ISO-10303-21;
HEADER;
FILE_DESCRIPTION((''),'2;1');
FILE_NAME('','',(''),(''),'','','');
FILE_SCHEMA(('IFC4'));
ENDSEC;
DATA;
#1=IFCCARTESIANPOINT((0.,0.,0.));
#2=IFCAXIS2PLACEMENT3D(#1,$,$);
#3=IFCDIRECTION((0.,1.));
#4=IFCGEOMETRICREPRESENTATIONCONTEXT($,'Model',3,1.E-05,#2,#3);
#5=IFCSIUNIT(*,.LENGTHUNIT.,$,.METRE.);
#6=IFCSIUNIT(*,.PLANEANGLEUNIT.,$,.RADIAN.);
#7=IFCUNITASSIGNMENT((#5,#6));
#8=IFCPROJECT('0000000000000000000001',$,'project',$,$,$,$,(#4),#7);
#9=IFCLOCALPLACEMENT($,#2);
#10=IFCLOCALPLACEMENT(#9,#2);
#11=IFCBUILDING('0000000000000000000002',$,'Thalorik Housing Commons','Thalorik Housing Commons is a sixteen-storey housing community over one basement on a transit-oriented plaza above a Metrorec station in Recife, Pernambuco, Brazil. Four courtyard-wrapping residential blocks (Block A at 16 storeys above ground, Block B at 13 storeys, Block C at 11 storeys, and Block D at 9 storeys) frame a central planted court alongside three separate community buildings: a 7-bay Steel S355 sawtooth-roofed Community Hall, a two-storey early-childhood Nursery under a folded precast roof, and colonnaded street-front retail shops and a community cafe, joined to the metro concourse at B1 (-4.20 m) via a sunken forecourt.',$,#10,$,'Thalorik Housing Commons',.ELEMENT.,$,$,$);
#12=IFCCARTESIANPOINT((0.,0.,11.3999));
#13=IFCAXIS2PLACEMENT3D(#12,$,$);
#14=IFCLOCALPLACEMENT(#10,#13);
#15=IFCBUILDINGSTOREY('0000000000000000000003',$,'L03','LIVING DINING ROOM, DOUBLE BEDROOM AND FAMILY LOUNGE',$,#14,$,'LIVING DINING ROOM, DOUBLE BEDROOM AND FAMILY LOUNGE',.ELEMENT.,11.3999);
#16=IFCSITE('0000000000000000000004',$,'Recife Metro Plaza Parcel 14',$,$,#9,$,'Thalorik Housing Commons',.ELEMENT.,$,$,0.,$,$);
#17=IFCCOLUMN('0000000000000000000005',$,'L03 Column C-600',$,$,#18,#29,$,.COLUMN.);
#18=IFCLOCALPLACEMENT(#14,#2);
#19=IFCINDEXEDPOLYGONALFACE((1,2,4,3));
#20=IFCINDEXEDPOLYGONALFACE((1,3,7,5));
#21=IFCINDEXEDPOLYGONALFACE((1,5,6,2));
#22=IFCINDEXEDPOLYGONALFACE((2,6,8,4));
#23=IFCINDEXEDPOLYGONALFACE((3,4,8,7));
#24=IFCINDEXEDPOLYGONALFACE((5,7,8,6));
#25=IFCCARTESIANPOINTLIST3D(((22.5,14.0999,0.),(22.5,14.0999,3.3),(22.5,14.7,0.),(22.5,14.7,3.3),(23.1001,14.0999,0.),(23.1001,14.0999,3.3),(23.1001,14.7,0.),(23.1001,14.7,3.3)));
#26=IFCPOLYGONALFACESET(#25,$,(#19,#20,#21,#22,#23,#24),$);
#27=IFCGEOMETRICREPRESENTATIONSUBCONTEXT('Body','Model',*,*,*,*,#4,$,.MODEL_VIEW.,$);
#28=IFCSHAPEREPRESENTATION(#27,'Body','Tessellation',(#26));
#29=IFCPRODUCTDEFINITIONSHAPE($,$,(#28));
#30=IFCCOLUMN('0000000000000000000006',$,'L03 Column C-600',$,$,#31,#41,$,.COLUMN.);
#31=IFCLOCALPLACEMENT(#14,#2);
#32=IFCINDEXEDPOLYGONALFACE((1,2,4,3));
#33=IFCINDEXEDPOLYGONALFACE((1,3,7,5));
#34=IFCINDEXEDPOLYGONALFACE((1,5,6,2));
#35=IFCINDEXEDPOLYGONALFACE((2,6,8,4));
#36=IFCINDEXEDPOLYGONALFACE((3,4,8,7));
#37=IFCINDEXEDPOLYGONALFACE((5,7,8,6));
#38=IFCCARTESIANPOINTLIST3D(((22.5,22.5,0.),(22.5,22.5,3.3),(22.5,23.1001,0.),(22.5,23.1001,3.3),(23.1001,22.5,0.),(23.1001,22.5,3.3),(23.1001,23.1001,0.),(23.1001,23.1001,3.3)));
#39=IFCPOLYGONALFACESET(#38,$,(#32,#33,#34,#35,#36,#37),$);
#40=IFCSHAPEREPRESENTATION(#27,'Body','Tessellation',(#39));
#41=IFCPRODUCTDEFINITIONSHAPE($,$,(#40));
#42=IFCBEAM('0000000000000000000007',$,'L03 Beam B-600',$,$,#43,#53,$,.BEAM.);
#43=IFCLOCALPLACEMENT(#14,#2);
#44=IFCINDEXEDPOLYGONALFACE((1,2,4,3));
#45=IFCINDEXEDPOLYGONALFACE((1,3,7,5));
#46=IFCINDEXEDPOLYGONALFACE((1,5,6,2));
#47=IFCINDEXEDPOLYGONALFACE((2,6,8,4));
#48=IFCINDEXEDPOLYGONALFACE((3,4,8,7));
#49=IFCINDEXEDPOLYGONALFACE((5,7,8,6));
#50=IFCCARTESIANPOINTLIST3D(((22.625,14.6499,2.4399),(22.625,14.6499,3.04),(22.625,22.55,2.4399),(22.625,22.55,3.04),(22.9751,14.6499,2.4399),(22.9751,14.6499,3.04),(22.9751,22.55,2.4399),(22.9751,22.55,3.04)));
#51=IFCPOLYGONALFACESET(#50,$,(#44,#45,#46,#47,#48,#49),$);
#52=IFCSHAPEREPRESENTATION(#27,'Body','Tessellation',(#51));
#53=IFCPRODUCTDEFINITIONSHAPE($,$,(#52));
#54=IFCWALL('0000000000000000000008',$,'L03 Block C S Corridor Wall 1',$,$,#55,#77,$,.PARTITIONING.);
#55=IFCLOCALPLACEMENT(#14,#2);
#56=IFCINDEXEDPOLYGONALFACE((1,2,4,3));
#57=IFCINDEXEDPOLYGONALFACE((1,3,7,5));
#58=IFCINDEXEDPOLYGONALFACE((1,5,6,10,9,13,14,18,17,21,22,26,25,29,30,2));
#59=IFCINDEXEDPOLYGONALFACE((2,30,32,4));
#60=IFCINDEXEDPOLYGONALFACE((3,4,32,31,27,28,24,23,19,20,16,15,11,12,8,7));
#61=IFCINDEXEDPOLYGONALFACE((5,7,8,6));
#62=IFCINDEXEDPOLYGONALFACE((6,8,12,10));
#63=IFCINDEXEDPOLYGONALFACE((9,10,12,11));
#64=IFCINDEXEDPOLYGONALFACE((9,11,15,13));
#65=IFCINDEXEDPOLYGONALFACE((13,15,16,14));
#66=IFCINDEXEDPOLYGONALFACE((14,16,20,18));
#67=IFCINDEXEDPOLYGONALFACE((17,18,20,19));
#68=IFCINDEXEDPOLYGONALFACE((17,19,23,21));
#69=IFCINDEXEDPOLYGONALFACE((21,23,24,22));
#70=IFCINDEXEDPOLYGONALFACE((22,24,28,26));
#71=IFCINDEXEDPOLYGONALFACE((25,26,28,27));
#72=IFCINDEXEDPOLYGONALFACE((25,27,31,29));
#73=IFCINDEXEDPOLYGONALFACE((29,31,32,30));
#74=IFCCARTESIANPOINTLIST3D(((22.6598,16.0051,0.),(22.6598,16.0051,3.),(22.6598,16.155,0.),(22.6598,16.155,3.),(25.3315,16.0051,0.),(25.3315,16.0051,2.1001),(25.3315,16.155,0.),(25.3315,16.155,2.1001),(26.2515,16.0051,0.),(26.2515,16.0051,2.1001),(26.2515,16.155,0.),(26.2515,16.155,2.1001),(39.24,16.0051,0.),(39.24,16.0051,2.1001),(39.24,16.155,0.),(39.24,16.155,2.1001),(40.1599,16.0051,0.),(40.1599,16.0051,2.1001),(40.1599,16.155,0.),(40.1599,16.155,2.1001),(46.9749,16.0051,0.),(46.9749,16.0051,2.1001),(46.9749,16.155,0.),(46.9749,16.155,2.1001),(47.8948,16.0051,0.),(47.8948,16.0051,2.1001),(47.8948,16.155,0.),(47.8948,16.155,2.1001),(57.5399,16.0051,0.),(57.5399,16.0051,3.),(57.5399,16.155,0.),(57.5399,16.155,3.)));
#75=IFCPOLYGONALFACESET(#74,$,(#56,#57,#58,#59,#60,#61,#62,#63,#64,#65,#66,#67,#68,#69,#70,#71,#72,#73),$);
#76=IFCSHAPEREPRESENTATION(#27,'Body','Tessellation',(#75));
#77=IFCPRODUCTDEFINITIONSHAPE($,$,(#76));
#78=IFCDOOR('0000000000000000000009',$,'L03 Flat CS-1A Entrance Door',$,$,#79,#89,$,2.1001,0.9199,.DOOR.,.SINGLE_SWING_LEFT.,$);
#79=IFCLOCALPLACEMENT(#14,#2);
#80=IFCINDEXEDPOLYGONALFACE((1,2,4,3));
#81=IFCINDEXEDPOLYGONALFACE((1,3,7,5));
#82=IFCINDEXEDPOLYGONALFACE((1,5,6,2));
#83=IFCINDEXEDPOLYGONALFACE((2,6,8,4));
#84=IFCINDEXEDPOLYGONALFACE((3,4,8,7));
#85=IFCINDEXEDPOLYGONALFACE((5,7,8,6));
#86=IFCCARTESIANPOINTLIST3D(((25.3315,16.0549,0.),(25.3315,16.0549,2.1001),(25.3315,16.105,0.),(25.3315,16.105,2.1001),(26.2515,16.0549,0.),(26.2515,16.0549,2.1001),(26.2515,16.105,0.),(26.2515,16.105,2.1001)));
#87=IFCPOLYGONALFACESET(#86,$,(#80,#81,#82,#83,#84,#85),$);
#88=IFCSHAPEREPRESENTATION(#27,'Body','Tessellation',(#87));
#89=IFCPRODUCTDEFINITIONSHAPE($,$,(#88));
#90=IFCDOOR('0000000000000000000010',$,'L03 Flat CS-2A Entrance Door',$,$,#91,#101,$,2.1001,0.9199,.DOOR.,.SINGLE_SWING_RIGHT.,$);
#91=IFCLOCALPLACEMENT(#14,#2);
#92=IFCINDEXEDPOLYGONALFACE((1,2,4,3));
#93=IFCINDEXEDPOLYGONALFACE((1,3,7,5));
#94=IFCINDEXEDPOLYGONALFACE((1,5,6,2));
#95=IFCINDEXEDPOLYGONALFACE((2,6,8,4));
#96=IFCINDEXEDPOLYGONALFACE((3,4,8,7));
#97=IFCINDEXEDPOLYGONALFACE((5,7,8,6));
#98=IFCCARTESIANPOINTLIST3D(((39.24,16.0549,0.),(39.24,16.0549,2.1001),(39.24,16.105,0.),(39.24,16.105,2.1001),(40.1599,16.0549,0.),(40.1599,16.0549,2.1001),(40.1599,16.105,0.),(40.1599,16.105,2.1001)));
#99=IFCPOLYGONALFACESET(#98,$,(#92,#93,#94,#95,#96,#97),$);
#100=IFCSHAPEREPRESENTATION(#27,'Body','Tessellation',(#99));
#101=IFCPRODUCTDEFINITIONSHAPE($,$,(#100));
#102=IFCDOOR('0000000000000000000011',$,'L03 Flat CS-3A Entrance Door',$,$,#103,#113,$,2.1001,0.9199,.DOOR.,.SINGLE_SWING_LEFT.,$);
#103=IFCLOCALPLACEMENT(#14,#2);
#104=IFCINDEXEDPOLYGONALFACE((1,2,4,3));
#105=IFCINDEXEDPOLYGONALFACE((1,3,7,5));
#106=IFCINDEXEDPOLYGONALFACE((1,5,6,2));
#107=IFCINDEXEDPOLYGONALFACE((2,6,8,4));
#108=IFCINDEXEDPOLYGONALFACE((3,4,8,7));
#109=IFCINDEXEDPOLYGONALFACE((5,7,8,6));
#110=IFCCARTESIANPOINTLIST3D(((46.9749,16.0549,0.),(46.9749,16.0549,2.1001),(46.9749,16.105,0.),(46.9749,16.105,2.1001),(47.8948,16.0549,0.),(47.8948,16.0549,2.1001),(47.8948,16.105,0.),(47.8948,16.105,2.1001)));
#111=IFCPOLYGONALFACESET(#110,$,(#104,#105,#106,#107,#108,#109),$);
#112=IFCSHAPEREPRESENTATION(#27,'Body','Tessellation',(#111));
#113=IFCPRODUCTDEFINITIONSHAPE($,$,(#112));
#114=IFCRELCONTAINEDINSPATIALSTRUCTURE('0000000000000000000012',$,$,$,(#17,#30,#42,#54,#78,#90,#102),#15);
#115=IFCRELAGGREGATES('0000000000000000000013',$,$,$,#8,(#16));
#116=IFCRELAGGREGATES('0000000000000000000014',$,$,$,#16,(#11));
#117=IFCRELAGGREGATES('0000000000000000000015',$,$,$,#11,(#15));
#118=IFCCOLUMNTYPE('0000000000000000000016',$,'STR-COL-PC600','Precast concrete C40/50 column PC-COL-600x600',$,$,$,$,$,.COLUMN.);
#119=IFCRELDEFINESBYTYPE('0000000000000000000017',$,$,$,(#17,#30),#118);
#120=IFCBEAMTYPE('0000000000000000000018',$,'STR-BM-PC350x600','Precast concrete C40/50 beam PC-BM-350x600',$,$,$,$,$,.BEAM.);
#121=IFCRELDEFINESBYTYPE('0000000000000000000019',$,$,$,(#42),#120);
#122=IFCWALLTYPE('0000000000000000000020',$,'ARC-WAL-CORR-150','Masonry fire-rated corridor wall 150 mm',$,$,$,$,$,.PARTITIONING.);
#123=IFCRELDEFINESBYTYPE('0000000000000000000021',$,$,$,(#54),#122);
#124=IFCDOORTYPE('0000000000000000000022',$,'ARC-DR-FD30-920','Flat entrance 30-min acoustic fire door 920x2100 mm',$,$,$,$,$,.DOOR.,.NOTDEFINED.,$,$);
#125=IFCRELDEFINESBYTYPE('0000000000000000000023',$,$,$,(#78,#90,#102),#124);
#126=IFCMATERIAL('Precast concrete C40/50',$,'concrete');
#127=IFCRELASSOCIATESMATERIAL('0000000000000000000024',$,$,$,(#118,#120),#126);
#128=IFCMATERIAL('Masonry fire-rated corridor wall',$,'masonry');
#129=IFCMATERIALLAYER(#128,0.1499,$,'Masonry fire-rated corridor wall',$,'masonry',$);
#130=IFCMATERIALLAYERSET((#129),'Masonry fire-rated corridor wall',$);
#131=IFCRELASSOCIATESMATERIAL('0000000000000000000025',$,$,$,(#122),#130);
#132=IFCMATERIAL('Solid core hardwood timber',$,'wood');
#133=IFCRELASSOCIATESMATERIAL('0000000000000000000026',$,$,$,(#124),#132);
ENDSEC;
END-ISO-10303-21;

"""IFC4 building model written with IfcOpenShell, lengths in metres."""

from ifc_helpers import new_model, si_unit, direction, frame, frame_2d, origin, origin_2d, place, context, subcontext, project, spatial, rectangle, extrude, material, layer, layer_set, material_profile, profile_set, type_object, element, fill, save


model = new_model("IFC4")

# Units and contexts
model_context = context("Model", 3, precision=1e-05, world=origin(), true_north=direction((0.0, 1.0)))
body_context = subcontext(model_context, "Body", "Model", "MODEL_VIEW")
ifc_project = project(units=[si_unit("LENGTHUNIT", "METRE"), si_unit("PLANEANGLEUNIT", "RADIAN")], contexts=[model_context])

# Site, building, storey
site_placement = place(None, origin())
site = spatial("IfcSite", under=ifc_project, at=site_placement, Name="Recife Metro Plaza Parcel 14", LongName="Thalorik Housing Commons", CompositionType="ELEMENT", RefElevation=0.0)
building_placement = place(site_placement, origin())
building = spatial("IfcBuilding", under=site, at=building_placement, Name="Thalorik Housing Commons", Description="Thalorik Housing Commons is a sixteen-storey housing community over one basement on a transit-oriented plaza above a Metrorec station in Recife, Pernambuco, Brazil. Four courtyard-wrapping residential blocks (Block A at 16 storeys above ground, Block B at 13 storeys, Block C at 11 storeys, and Block D at 9 storeys) frame a central planted court alongside three separate community buildings: a 7-bay Steel S355 sawtooth-roofed Community Hall, a two-storey early-childhood Nursery under a folded precast roof, and colonnaded street-front retail shops and a community cafe, joined to the metro concourse at B1 (-4.20 m) via a sunken forecourt.", LongName="Thalorik Housing Commons", CompositionType="ELEMENT")
storey_placement = place(building_placement, frame((0.0, 0.0, 11.3999)))
storey = spatial("IfcBuildingStorey", under=building, at=storey_placement, Name="L03", Description="LIVING DINING ROOM, DOUBLE BEDROOM AND FAMILY LOUNGE", LongName="LIVING DINING ROOM, DOUBLE BEDROOM AND FAMILY LOUNGE", CompositionType="ELEMENT", Elevation=11.3999)

# Columns
ifc_material_1 = material(Name="Precast concrete C40/50", Category="concrete")
ifc_material_profile_1 = material_profile(ifc_material_1, rectangle(XDim=0.6001, YDim=0.6001, at=origin_2d()), Name="PC 600x600", Category="concrete")
ifc_profile_set_1 = profile_set([ifc_material_profile_1], Name="Precast concrete C40/50")
column_type = type_object("IfcColumnType", Name="STR-COL-PC600", Description="Precast concrete C40/50 column PC-COL-600x600", PredefinedType="COLUMN", material=ifc_profile_set_1)
for number, where, z_axis, x_axis, name in (
    (1, (22.8, 14.3999, 0.0), (0.0, 0.0, 1.0), (1.0, 0.0, 0.0), "L03 Column C-600"),
    (2, (22.8, 22.8, 0.0), (0.0, 0.0, 1.0), (1.0, 0.0, 0.0), "L03 Column C-600"),
):
    element("IfcColumn", number, at=place(storey_placement, frame(where, z_axis=z_axis, x_axis=x_axis)), inside=storey, type_object=column_type, Name=name, PredefinedType="COLUMN", context=body_context, shape_type="SweptSolid", body=[
        extrude(rectangle(XDim=0.6001, YDim=0.6001, at=origin_2d()), origin(), (0.0, 0.0, 1.0), 3.3),
    ])

# Beam
ifc_material_profile_2 = material_profile(ifc_material_1, rectangle(XDim=0.3501, YDim=0.6001, at=origin_2d()), Name="PC 350x600", Category="concrete")
ifc_profile_set_2 = profile_set([ifc_material_profile_2], Name="Precast concrete C40/50")
beam_type = type_object("IfcBeamType", Name="STR-BM-PC350x600", Description="Precast concrete C40/50 beam PC-BM-350x600", PredefinedType="BEAM", material=ifc_profile_set_2)
beam_placement = place(storey_placement, frame((22.8, 14.6499, 2.74), z_axis=(0.0, 1.0, 0.0), x_axis=(-1.0, 0.0, 0.0)))
element("IfcBeam", 3, at=beam_placement, inside=storey, type_object=beam_type, Name="L03 Beam B-600", PredefinedType="BEAM", context=body_context, shape_type="SweptSolid", body=[
    extrude(rectangle(XDim=0.3501, YDim=0.6001, at=origin_2d()), origin(), (0.0, 0.0, 1.0), 7.9001),
])

# Wall, openings, doors
ifc_material_2 = material(Name="Masonry fire-rated corridor wall", Category="masonry")
ifc_layer_1 = layer(ifc_material_2, 0.1499, Name="Masonry fire-rated corridor wall", Category="masonry")
ifc_layer_set_1 = layer_set([ifc_layer_1], Name="Masonry fire-rated corridor wall")
wall_type_1 = type_object("IfcWallType", Name="ARC-WAL-CORR-150", Description="Masonry fire-rated corridor wall 150 mm", PredefinedType="PARTITIONING", material=ifc_layer_set_1)
wall_1_placement = place(storey_placement, frame((22.6599, 16.0801, 0.0), z_axis=(0.0, 0.0, 1.0), x_axis=(1.0, 0.0, 0.0)))
wall_1 = element("IfcWall", 4, at=wall_1_placement, inside=storey, type_object=wall_type_1, Name="L03 Block C S Corridor Wall 1", PredefinedType="PARTITIONING", context=body_context, shape_type="SweptSolid", body=[
    extrude(rectangle(XDim=34.8801, YDim=0.1499, at=frame_2d((17.4399, 0.0))), origin(), (0.0, 0.0, 1.0), 3.0),
])
opening_1_placement = place(wall_1_placement, frame((2.6716, 0.0, 0.0)))
opening_1 = element("IfcOpeningElement", 5, at=opening_1_placement, cuts=wall_1, PredefinedType="OPENING", context=body_context, shape_type="SweptSolid", body=[
    extrude(rectangle(XDim=0.9199, YDim=2.1001, at=frame_2d((0.46, 1.05))), frame((0.0, 0.085, 0.0), z_axis=(0.0, -1.0, 0.0), x_axis=(1.0, 0.0, 0.0)), (0.0, 0.0, 1.0), 0.1699),
])
opening_2_placement = place(wall_1_placement, frame((16.5801, 0.0, 0.0)))
opening_2 = element("IfcOpeningElement", 6, at=opening_2_placement, cuts=wall_1, PredefinedType="OPENING", context=body_context, shape_type="SweptSolid", body=[
    extrude(rectangle(XDim=0.9199, YDim=2.1001, at=frame_2d((0.46, 1.05))), frame((0.0, 0.085, 0.0), z_axis=(0.0, -1.0, 0.0), x_axis=(1.0, 0.0, 0.0)), (0.0, 0.0, 1.0), 0.1699),
])
opening_3_placement = place(wall_1_placement, frame((24.3149, 0.0, 0.0)))
opening_3 = element("IfcOpeningElement", 7, at=opening_3_placement, cuts=wall_1, PredefinedType="OPENING", context=body_context, shape_type="SweptSolid", body=[
    extrude(rectangle(XDim=0.9199, YDim=2.1001, at=frame_2d((0.46, 1.05))), frame((0.0, 0.085, 0.0), z_axis=(0.0, -1.0, 0.0), x_axis=(1.0, 0.0, 0.0)), (0.0, 0.0, 1.0), 0.1699),
])
ifc_material_3 = material(Name="Solid core hardwood timber", Category="wood")
door_type_1 = type_object("IfcDoorType", Name="ARC-DR-FD30-920", Description="Flat entrance 30-min acoustic fire door 920x2100 mm", OperationType="NOTDEFINED", PredefinedType="DOOR", material=ifc_material_3)
door_1_placement = place(opening_1_placement, origin())
door_1 = element("IfcDoor", 8, at=door_1_placement, inside=storey, type_object=door_type_1, Name="L03 Flat CS-1A Entrance Door", OperationType="SINGLE_SWING_LEFT", OverallHeight=2.1001, OverallWidth=0.9199, PredefinedType="DOOR", context=body_context, shape_type="SweptSolid", body=[
    extrude(rectangle(XDim=0.9199, YDim=2.1001, at=frame_2d((0.46, 1.05))), frame((0.0, 0.0249, 0.0), z_axis=(0.0, -1.0, 0.0), x_axis=(1.0, 0.0, 0.0)), (0.0, 0.0, 1.0), 0.05),
])
fill(opening_1, door_1)
door_2_placement = place(opening_2_placement, origin())
door_2 = element("IfcDoor", 9, at=door_2_placement, inside=storey, type_object=door_type_1, Name="L03 Flat CS-2A Entrance Door", OperationType="SINGLE_SWING_RIGHT", OverallHeight=2.1001, OverallWidth=0.9199, PredefinedType="DOOR", context=body_context, shape_type="SweptSolid", body=[
    extrude(rectangle(XDim=0.9199, YDim=2.1001, at=frame_2d((0.46, 1.05))), frame((0.0, 0.0249, 0.0), z_axis=(0.0, -1.0, 0.0), x_axis=(1.0, 0.0, 0.0)), (0.0, 0.0, 1.0), 0.05),
])
fill(opening_2, door_2)
door_3_placement = place(opening_3_placement, origin())
door_3 = element("IfcDoor", 10, at=door_3_placement, inside=storey, type_object=door_type_1, Name="L03 Flat CS-3A Entrance Door", OperationType="SINGLE_SWING_LEFT", OverallHeight=2.1001, OverallWidth=0.9199, PredefinedType="DOOR", context=body_context, shape_type="SweptSolid", body=[
    extrude(rectangle(XDim=0.9199, YDim=2.1001, at=frame_2d((0.46, 1.05))), frame((0.0, 0.0249, 0.0), z_axis=(0.0, -1.0, 0.0), x_axis=(1.0, 0.0, 0.0)), (0.0, 0.0, 1.0), 0.05),
])
fill(opening_3, door_3)

save(model, "model.ifc")
